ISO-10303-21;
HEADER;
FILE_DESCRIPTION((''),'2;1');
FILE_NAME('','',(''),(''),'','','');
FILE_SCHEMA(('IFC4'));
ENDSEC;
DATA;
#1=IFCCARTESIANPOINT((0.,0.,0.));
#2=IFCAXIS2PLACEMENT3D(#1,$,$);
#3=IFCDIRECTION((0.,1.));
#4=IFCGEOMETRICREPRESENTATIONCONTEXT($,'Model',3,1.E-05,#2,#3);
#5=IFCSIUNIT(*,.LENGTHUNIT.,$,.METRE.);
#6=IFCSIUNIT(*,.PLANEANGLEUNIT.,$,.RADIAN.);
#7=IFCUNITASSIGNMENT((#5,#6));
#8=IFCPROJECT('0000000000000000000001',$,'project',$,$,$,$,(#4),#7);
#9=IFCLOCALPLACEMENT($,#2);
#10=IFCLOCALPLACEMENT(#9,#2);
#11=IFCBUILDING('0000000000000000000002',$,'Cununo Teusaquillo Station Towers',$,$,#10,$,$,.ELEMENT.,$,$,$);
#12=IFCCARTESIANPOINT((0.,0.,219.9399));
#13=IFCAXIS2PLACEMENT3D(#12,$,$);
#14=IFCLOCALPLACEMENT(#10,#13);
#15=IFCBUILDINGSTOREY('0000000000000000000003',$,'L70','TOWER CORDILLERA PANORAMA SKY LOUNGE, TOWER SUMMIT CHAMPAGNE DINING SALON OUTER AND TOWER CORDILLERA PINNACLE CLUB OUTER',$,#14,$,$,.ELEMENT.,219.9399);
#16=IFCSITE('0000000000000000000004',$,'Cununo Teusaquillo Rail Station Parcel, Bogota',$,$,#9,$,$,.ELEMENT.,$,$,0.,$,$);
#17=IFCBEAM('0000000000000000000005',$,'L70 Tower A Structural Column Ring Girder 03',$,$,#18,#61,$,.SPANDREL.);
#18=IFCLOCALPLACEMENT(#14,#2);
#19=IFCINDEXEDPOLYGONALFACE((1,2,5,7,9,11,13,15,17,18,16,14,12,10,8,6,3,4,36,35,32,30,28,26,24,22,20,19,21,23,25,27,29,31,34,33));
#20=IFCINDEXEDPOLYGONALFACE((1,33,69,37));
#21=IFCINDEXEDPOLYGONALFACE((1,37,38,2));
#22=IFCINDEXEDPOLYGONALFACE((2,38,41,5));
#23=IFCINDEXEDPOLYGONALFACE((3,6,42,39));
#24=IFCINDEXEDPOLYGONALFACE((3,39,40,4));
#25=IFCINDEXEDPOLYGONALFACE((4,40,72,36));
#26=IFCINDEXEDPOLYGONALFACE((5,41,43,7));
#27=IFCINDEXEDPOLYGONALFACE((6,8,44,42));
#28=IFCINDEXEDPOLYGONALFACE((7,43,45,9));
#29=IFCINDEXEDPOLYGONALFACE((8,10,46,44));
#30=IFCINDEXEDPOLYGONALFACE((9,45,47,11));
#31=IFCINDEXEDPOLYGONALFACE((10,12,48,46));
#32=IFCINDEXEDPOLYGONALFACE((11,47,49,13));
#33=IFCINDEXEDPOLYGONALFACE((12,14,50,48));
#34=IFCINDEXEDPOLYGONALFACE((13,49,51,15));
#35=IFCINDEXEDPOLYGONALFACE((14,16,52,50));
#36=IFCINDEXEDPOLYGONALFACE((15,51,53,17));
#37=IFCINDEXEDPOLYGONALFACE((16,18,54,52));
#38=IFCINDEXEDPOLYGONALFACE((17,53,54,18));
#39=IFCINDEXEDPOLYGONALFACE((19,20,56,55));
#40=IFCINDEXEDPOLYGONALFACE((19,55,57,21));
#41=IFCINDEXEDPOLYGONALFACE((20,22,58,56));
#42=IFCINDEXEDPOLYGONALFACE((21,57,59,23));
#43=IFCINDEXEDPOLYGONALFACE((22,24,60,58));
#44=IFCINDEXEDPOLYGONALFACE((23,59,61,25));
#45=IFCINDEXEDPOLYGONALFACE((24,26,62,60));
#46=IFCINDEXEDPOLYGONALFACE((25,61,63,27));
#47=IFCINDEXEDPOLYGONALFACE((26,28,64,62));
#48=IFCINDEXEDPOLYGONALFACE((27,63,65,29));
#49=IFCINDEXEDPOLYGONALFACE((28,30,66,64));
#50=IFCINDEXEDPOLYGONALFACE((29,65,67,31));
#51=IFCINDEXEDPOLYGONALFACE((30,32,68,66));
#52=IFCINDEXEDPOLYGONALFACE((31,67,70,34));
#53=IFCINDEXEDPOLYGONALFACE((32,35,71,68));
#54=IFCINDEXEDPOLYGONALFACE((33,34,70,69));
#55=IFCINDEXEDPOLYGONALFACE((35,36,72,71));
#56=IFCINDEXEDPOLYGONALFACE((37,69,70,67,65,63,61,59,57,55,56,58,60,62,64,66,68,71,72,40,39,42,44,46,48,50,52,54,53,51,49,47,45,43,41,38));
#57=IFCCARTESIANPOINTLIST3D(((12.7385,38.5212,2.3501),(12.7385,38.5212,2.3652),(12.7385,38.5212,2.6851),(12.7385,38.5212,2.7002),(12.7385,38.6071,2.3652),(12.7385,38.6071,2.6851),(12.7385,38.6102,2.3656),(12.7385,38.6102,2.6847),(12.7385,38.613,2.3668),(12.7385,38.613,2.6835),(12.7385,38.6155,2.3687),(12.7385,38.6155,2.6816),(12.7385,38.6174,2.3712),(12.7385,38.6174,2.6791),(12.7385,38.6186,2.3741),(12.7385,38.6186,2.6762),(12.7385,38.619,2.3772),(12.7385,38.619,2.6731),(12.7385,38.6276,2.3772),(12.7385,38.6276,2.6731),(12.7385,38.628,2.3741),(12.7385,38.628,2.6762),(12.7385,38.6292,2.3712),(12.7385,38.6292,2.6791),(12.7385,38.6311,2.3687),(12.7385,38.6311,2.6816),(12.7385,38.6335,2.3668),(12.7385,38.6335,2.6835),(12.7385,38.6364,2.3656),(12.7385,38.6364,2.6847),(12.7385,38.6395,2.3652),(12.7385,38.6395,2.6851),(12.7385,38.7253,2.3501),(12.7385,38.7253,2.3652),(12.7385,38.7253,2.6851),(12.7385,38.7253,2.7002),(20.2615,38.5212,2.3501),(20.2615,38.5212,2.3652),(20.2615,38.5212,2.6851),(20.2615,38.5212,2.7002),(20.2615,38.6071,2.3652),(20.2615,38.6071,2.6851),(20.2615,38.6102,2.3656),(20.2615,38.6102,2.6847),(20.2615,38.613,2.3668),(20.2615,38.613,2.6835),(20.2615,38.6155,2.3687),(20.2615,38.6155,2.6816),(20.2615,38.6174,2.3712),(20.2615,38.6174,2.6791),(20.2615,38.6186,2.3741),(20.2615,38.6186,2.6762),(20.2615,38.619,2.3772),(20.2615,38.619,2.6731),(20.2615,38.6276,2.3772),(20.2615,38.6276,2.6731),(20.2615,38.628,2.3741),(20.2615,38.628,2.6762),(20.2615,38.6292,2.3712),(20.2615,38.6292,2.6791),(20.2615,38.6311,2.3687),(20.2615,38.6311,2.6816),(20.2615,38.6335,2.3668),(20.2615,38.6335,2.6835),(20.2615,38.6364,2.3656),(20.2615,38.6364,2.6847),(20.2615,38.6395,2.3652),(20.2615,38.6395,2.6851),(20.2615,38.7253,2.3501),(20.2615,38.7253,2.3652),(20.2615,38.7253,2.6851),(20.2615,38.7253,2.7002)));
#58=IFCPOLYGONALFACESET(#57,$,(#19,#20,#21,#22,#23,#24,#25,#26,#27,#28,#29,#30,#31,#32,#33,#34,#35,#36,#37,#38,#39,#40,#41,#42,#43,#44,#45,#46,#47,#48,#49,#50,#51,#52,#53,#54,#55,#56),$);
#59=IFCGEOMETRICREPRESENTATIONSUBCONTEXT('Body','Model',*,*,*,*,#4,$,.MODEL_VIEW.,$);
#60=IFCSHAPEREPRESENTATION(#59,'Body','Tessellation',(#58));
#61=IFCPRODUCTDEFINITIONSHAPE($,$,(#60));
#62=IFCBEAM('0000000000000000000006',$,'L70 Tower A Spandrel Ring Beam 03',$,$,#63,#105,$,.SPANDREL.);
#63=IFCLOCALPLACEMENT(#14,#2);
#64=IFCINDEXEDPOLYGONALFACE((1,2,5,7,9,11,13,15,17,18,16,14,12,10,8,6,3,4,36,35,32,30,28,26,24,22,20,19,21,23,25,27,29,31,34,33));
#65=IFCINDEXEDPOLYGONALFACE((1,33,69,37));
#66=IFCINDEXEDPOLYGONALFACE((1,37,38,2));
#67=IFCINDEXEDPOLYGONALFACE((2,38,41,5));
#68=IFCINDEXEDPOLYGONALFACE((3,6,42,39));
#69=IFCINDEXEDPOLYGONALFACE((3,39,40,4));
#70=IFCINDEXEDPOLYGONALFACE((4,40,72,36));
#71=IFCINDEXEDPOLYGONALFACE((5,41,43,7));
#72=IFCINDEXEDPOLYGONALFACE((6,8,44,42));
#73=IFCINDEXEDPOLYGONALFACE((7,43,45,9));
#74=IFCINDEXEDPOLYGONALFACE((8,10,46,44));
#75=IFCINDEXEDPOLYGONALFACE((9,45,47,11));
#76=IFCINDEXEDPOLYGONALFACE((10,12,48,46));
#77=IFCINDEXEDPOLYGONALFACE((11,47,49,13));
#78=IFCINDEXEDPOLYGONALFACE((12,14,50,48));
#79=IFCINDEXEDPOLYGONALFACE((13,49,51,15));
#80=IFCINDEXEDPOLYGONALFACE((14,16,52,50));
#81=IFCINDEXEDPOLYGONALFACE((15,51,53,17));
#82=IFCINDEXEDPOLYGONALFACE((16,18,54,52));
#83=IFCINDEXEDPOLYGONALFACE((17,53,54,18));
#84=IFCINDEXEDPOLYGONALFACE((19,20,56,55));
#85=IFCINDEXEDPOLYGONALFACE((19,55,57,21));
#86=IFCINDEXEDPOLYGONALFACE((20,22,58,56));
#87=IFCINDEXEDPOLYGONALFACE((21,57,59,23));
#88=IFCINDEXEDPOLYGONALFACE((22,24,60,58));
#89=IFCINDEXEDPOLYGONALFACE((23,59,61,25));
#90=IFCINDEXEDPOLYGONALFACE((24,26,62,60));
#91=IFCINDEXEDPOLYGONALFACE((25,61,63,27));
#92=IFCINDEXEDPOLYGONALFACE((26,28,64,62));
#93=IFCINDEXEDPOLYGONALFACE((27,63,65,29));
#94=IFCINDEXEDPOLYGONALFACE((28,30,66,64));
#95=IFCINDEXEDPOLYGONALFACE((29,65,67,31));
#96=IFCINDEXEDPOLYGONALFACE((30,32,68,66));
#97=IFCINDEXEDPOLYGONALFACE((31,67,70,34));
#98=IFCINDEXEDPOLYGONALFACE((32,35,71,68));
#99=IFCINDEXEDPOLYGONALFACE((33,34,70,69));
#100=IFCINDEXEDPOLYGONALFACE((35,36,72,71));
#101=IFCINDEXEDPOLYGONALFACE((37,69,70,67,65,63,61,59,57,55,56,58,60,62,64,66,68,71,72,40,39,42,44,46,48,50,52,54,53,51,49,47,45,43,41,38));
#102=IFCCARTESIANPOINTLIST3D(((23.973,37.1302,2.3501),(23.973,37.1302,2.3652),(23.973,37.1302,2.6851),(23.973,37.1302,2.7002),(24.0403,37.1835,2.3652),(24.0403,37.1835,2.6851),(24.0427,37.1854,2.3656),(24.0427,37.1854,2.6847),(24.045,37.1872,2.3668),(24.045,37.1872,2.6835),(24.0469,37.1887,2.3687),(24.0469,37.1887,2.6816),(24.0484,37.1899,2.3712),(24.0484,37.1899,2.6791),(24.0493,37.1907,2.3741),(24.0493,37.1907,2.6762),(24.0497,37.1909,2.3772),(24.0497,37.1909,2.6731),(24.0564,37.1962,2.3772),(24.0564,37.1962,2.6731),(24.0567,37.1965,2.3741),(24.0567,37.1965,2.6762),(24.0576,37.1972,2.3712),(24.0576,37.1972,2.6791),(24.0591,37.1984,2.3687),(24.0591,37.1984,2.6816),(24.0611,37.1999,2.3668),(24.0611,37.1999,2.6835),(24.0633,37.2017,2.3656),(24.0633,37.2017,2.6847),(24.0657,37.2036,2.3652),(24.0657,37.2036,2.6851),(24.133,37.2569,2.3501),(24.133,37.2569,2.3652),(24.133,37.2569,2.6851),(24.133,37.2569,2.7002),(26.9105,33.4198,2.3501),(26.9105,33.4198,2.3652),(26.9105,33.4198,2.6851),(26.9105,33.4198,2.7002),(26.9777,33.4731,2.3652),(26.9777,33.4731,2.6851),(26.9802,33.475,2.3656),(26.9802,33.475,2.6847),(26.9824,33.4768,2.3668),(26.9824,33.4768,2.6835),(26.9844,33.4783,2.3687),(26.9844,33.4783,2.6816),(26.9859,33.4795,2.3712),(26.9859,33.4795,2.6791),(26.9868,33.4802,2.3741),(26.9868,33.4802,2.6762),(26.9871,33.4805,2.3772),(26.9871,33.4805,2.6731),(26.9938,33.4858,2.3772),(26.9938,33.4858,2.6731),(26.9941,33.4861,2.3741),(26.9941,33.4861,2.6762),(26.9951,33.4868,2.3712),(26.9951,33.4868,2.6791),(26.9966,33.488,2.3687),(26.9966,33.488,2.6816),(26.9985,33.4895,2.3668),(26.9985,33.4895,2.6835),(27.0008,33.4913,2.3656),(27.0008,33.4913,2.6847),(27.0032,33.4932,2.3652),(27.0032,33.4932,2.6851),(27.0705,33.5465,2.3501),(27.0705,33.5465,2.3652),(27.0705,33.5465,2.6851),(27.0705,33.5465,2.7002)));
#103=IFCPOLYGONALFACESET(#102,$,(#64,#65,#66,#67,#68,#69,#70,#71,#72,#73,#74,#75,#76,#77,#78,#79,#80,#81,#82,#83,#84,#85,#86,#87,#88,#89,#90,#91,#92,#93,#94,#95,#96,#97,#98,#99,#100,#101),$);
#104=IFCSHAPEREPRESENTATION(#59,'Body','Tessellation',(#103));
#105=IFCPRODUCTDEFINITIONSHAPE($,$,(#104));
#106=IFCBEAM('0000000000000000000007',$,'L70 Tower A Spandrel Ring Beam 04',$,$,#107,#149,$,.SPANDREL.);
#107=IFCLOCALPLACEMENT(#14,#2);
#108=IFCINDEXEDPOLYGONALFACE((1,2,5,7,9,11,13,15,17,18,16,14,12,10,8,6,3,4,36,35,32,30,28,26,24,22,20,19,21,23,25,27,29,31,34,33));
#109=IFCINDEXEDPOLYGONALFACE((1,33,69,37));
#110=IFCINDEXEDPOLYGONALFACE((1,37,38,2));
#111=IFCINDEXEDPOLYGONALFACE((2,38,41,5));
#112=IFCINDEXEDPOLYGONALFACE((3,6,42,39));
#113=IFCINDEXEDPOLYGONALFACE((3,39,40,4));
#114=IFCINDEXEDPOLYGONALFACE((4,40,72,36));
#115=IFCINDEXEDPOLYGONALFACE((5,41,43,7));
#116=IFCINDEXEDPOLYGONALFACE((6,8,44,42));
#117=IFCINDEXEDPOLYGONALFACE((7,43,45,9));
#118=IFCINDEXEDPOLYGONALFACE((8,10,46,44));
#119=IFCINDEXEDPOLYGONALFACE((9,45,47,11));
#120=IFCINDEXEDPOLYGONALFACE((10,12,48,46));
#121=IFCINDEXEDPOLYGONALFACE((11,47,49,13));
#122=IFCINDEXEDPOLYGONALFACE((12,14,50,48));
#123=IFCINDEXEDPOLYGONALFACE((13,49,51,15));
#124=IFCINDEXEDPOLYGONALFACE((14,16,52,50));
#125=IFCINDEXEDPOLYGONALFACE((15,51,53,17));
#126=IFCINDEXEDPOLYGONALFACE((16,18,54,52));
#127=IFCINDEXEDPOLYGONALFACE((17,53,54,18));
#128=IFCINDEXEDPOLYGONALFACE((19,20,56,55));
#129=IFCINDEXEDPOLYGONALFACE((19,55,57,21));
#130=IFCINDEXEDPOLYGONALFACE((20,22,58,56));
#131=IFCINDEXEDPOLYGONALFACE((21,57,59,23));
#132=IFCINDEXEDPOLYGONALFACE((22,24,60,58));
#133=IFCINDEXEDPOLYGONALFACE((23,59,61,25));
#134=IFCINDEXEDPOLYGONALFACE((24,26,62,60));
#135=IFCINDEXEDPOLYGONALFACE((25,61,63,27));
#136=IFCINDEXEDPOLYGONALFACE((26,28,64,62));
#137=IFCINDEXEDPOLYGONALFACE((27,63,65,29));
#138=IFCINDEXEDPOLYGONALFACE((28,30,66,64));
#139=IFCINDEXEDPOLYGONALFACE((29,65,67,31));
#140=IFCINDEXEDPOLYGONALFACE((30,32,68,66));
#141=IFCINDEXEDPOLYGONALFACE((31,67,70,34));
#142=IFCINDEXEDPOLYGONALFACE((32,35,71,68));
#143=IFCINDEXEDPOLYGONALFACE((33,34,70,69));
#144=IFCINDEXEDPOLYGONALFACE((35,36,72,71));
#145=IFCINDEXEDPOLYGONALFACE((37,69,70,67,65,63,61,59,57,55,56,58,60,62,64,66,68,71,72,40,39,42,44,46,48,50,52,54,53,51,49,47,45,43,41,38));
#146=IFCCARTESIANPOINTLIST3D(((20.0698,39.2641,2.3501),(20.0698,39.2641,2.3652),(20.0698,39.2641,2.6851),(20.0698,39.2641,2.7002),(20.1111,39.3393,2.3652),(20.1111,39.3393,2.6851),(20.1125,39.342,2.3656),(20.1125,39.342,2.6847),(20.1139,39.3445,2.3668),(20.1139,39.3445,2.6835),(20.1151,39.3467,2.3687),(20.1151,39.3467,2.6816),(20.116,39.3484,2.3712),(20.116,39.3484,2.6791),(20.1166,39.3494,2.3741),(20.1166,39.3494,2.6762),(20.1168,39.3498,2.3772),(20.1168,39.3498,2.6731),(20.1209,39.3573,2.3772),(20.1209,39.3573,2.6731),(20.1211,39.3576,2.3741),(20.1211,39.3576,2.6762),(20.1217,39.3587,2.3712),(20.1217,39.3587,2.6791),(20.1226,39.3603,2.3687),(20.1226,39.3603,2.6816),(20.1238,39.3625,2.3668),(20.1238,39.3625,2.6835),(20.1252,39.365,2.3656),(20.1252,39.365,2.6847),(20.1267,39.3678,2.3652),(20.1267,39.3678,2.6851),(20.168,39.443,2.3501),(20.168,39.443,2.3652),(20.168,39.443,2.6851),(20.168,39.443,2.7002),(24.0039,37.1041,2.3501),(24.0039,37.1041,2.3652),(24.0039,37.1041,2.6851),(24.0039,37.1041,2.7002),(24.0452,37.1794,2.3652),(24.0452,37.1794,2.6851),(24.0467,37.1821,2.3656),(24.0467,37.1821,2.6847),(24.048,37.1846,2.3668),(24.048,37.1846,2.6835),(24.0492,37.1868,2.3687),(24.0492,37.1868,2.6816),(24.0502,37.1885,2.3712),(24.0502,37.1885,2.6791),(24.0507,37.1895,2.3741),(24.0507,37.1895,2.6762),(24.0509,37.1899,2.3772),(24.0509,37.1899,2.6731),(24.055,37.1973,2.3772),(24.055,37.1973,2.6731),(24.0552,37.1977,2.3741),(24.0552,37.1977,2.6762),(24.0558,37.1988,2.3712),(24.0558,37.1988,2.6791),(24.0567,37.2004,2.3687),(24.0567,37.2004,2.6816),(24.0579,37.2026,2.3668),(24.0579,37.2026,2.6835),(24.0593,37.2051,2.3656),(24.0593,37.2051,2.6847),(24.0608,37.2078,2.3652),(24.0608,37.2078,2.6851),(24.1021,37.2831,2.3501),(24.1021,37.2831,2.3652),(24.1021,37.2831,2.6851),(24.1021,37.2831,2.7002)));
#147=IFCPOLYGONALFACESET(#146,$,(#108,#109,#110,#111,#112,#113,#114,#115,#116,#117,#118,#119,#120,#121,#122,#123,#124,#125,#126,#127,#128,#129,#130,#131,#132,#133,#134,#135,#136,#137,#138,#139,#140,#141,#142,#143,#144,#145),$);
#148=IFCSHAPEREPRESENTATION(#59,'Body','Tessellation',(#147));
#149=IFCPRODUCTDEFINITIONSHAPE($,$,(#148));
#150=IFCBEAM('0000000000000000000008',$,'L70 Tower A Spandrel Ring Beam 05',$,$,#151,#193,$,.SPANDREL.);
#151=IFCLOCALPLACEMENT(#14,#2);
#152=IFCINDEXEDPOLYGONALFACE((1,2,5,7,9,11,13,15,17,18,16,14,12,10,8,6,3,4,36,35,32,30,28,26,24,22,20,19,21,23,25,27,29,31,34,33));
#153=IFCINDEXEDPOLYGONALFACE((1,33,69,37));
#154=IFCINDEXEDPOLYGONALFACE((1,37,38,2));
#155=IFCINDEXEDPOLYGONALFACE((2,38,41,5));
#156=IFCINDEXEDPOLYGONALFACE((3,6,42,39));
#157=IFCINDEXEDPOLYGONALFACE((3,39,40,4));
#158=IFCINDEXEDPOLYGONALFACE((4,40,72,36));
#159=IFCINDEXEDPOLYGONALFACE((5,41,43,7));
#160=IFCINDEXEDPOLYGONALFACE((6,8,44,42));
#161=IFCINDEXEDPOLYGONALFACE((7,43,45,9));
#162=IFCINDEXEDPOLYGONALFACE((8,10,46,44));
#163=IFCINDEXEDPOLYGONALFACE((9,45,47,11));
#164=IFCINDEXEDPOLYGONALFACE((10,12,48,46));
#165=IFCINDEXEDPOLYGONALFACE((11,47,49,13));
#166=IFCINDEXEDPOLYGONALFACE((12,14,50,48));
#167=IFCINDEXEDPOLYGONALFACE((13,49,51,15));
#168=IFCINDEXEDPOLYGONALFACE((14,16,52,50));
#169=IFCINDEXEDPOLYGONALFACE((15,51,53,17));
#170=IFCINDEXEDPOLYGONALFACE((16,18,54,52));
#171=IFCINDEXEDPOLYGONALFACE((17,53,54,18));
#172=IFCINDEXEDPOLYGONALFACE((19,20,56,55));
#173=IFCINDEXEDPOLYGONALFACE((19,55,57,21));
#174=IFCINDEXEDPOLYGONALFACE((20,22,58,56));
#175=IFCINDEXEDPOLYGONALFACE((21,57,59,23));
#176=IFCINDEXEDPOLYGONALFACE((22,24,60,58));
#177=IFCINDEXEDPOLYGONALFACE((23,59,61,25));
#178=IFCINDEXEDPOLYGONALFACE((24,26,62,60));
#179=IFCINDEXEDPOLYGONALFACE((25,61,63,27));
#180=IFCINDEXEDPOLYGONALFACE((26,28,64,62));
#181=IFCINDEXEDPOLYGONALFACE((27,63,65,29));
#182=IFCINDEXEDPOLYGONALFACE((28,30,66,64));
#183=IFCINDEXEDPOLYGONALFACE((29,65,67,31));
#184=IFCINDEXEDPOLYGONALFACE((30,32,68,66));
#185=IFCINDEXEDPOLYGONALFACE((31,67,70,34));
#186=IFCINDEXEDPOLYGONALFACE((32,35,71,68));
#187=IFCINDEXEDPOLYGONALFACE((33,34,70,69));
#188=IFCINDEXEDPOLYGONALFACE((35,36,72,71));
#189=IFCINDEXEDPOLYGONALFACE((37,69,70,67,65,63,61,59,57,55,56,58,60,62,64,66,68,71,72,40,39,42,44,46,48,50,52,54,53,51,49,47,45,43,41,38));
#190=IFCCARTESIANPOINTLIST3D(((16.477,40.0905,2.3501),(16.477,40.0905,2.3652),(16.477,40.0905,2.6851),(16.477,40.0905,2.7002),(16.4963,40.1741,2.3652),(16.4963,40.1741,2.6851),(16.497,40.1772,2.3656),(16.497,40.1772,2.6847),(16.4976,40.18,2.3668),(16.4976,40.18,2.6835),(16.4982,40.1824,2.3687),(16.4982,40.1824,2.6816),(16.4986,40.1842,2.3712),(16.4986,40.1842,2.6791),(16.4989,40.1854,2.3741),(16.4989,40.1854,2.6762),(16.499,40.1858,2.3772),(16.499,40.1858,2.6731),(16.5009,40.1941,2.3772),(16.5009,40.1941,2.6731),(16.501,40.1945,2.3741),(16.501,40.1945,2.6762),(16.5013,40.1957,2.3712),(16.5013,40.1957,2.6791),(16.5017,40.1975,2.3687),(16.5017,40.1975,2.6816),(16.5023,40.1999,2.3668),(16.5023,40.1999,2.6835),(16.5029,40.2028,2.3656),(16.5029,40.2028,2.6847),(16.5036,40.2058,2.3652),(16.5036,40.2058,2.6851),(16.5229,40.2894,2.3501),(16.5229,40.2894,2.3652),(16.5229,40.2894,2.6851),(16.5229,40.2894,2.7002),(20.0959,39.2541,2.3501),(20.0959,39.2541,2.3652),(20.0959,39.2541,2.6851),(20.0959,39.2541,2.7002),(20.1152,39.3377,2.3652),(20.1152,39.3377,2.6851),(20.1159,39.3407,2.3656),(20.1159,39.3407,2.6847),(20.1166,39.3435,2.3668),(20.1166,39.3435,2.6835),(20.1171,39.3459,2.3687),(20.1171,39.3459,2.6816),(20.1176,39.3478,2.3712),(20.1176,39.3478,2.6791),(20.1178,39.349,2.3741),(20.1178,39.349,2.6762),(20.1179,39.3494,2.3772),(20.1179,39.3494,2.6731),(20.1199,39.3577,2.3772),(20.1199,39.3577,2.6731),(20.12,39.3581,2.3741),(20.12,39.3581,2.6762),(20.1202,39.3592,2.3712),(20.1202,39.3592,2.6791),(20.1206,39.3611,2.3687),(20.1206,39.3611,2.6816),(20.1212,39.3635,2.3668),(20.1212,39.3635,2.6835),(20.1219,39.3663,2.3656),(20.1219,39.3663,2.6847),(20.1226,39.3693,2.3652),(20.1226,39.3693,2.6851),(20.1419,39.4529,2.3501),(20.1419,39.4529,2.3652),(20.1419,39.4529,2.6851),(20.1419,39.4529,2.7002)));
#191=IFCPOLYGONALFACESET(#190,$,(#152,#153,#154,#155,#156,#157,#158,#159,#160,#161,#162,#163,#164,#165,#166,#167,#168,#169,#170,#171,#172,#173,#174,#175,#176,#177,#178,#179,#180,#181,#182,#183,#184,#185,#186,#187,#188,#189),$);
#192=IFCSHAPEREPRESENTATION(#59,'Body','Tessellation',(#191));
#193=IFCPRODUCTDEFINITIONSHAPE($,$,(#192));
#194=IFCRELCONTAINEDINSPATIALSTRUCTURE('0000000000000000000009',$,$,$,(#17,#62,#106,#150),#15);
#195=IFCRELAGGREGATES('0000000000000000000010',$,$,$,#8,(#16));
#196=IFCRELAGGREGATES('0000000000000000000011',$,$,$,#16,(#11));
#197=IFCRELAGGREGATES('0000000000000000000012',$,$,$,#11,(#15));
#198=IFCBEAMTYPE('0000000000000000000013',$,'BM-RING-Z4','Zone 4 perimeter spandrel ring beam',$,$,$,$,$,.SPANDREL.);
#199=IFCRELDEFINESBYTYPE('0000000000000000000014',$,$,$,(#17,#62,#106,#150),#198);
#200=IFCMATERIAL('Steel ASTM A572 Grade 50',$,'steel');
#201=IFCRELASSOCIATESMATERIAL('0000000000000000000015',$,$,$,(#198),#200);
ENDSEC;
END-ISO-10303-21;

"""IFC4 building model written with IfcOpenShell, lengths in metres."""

from ifc_helpers import new_model, si_unit, direction, frame, origin, origin_2d, place, context, subcontext, project, spatial, i_section, extrude, material, material_profile, profile_set, type_object, element, save


model = new_model("IFC4")

# Units and contexts
model_context = context("Model", 3, precision=1e-05, world=origin(), true_north=direction((0.0, 1.0)))
body_context = subcontext(model_context, "Body", "Model", "MODEL_VIEW")
ifc_project = project(units=[si_unit("LENGTHUNIT", "METRE"), si_unit("PLANEANGLEUNIT", "RADIAN")], contexts=[model_context])

# Site, building, storey
site_placement = place(None, origin())
site = spatial("IfcSite", under=ifc_project, at=site_placement, Name="Cununo Teusaquillo Rail Station Parcel, Bogota", CompositionType="ELEMENT", RefElevation=0.0)
building_placement = place(site_placement, origin())
building = spatial("IfcBuilding", under=site, at=building_placement, Name="Cununo Teusaquillo Station Towers", CompositionType="ELEMENT")
storey_placement = place(building_placement, frame((0.0, 0.0, 219.9399)))
storey = spatial("IfcBuildingStorey", under=building, at=storey_placement, Name="L70", Description="TOWER CORDILLERA PANORAMA SKY LOUNGE, TOWER SUMMIT CHAMPAGNE DINING SALON OUTER AND TOWER CORDILLERA PINNACLE CLUB OUTER", CompositionType="ELEMENT", Elevation=219.9399)

# Beams
ifc_material_1 = material(Name="Steel ASTM A572 Grade 50", Category="steel")
ifc_material_profile_1 = material_profile(ifc_material_1, i_section(OverallWidth=0.2041, OverallDepth=0.3501, WebThickness=0.0085, FlangeThickness=0.0151, FilletRadius=0.012, at=origin_2d()), Name="W14X48")
ifc_profile_set_1 = profile_set([ifc_material_profile_1], Name="Steel ASTM A572 Grade 50")
beam_type_1 = type_object("IfcBeamType", Name="BM-RING-Z4", Description="Zone 4 perimeter spandrel ring beam", PredefinedType="SPANDREL", material=ifc_profile_set_1)
beam_1_placement = place(storey_placement, frame((20.2615, 38.6233, 2.5251), z_axis=(-1.0, 0.0, 0.0), x_axis=(0.0, -1.0, 0.0)))
element("IfcBeam", 1, at=beam_1_placement, inside=storey, type_object=beam_type_1, Name="L70 Tower A Structural Column Ring Girder 03", PredefinedType="SPANDREL", context=body_context, shape_type="SweptSolid", body=[
    extrude(i_section(OverallWidth=0.2041, OverallDepth=0.3501, WebThickness=0.0085, FlangeThickness=0.0151, FilletRadius=0.012, at=origin_2d()), origin(), (0.0, 0.0, 1.0), 7.5229),
])
beam_2_placement = place(storey_placement, frame((26.9905, 33.4832, 2.5251), z_axis=(-0.620711, 0.78404, 0.0), x_axis=(-0.78404, -0.620711, 0.0)))
element("IfcBeam", 2, at=beam_2_placement, inside=storey, type_object=beam_type_1, Name="L70 Tower A Spandrel Ring Beam 03", PredefinedType="SPANDREL", context=body_context, shape_type="SweptSolid", body=[
    extrude(i_section(OverallWidth=0.2041, OverallDepth=0.3501, WebThickness=0.0085, FlangeThickness=0.0151, FilletRadius=0.012, at=origin_2d()), origin(), (0.0, 0.0, 1.0), 4.7324),
])
beam_3_placement = place(storey_placement, frame((24.053, 37.1936, 2.5251), z_axis=(-0.876576, 0.481263, 0.0), x_axis=(-0.481263, -0.876576, 0.0)))
element("IfcBeam", 3, at=beam_3_placement, inside=storey, type_object=beam_type_1, Name="L70 Tower A Spandrel Ring Beam 04", PredefinedType="SPANDREL", context=body_context, shape_type="SweptSolid", body=[
    extrude(i_section(OverallWidth=0.2041, OverallDepth=0.3501, WebThickness=0.0085, FlangeThickness=0.0151, FilletRadius=0.012, at=origin_2d()), origin(), (0.0, 0.0, 1.0), 4.488),
])
for number, where, z_axis, x_axis, name in (
    (4, (20.1189, 39.3535, 2.5251), (-0.974315, 0.225191, 0.0), (-0.225191, -0.974315, 0.0), "L70 Tower A Spandrel Ring Beam 05"),
):
    element("IfcBeam", number, at=place(storey_placement, frame(where, z_axis=z_axis, x_axis=x_axis)), inside=storey, type_object=beam_type_1, Name=name, PredefinedType="SPANDREL", context=body_context, shape_type="SweptSolid", body=[
        extrude(i_section(OverallWidth=0.2041, OverallDepth=0.3501, WebThickness=0.0085, FlangeThickness=0.0151, FilletRadius=0.012, at=origin_2d()), origin(), (0.0, 0.0, 1.0), 3.7144),
    ])

save(model, "model.ifc")
